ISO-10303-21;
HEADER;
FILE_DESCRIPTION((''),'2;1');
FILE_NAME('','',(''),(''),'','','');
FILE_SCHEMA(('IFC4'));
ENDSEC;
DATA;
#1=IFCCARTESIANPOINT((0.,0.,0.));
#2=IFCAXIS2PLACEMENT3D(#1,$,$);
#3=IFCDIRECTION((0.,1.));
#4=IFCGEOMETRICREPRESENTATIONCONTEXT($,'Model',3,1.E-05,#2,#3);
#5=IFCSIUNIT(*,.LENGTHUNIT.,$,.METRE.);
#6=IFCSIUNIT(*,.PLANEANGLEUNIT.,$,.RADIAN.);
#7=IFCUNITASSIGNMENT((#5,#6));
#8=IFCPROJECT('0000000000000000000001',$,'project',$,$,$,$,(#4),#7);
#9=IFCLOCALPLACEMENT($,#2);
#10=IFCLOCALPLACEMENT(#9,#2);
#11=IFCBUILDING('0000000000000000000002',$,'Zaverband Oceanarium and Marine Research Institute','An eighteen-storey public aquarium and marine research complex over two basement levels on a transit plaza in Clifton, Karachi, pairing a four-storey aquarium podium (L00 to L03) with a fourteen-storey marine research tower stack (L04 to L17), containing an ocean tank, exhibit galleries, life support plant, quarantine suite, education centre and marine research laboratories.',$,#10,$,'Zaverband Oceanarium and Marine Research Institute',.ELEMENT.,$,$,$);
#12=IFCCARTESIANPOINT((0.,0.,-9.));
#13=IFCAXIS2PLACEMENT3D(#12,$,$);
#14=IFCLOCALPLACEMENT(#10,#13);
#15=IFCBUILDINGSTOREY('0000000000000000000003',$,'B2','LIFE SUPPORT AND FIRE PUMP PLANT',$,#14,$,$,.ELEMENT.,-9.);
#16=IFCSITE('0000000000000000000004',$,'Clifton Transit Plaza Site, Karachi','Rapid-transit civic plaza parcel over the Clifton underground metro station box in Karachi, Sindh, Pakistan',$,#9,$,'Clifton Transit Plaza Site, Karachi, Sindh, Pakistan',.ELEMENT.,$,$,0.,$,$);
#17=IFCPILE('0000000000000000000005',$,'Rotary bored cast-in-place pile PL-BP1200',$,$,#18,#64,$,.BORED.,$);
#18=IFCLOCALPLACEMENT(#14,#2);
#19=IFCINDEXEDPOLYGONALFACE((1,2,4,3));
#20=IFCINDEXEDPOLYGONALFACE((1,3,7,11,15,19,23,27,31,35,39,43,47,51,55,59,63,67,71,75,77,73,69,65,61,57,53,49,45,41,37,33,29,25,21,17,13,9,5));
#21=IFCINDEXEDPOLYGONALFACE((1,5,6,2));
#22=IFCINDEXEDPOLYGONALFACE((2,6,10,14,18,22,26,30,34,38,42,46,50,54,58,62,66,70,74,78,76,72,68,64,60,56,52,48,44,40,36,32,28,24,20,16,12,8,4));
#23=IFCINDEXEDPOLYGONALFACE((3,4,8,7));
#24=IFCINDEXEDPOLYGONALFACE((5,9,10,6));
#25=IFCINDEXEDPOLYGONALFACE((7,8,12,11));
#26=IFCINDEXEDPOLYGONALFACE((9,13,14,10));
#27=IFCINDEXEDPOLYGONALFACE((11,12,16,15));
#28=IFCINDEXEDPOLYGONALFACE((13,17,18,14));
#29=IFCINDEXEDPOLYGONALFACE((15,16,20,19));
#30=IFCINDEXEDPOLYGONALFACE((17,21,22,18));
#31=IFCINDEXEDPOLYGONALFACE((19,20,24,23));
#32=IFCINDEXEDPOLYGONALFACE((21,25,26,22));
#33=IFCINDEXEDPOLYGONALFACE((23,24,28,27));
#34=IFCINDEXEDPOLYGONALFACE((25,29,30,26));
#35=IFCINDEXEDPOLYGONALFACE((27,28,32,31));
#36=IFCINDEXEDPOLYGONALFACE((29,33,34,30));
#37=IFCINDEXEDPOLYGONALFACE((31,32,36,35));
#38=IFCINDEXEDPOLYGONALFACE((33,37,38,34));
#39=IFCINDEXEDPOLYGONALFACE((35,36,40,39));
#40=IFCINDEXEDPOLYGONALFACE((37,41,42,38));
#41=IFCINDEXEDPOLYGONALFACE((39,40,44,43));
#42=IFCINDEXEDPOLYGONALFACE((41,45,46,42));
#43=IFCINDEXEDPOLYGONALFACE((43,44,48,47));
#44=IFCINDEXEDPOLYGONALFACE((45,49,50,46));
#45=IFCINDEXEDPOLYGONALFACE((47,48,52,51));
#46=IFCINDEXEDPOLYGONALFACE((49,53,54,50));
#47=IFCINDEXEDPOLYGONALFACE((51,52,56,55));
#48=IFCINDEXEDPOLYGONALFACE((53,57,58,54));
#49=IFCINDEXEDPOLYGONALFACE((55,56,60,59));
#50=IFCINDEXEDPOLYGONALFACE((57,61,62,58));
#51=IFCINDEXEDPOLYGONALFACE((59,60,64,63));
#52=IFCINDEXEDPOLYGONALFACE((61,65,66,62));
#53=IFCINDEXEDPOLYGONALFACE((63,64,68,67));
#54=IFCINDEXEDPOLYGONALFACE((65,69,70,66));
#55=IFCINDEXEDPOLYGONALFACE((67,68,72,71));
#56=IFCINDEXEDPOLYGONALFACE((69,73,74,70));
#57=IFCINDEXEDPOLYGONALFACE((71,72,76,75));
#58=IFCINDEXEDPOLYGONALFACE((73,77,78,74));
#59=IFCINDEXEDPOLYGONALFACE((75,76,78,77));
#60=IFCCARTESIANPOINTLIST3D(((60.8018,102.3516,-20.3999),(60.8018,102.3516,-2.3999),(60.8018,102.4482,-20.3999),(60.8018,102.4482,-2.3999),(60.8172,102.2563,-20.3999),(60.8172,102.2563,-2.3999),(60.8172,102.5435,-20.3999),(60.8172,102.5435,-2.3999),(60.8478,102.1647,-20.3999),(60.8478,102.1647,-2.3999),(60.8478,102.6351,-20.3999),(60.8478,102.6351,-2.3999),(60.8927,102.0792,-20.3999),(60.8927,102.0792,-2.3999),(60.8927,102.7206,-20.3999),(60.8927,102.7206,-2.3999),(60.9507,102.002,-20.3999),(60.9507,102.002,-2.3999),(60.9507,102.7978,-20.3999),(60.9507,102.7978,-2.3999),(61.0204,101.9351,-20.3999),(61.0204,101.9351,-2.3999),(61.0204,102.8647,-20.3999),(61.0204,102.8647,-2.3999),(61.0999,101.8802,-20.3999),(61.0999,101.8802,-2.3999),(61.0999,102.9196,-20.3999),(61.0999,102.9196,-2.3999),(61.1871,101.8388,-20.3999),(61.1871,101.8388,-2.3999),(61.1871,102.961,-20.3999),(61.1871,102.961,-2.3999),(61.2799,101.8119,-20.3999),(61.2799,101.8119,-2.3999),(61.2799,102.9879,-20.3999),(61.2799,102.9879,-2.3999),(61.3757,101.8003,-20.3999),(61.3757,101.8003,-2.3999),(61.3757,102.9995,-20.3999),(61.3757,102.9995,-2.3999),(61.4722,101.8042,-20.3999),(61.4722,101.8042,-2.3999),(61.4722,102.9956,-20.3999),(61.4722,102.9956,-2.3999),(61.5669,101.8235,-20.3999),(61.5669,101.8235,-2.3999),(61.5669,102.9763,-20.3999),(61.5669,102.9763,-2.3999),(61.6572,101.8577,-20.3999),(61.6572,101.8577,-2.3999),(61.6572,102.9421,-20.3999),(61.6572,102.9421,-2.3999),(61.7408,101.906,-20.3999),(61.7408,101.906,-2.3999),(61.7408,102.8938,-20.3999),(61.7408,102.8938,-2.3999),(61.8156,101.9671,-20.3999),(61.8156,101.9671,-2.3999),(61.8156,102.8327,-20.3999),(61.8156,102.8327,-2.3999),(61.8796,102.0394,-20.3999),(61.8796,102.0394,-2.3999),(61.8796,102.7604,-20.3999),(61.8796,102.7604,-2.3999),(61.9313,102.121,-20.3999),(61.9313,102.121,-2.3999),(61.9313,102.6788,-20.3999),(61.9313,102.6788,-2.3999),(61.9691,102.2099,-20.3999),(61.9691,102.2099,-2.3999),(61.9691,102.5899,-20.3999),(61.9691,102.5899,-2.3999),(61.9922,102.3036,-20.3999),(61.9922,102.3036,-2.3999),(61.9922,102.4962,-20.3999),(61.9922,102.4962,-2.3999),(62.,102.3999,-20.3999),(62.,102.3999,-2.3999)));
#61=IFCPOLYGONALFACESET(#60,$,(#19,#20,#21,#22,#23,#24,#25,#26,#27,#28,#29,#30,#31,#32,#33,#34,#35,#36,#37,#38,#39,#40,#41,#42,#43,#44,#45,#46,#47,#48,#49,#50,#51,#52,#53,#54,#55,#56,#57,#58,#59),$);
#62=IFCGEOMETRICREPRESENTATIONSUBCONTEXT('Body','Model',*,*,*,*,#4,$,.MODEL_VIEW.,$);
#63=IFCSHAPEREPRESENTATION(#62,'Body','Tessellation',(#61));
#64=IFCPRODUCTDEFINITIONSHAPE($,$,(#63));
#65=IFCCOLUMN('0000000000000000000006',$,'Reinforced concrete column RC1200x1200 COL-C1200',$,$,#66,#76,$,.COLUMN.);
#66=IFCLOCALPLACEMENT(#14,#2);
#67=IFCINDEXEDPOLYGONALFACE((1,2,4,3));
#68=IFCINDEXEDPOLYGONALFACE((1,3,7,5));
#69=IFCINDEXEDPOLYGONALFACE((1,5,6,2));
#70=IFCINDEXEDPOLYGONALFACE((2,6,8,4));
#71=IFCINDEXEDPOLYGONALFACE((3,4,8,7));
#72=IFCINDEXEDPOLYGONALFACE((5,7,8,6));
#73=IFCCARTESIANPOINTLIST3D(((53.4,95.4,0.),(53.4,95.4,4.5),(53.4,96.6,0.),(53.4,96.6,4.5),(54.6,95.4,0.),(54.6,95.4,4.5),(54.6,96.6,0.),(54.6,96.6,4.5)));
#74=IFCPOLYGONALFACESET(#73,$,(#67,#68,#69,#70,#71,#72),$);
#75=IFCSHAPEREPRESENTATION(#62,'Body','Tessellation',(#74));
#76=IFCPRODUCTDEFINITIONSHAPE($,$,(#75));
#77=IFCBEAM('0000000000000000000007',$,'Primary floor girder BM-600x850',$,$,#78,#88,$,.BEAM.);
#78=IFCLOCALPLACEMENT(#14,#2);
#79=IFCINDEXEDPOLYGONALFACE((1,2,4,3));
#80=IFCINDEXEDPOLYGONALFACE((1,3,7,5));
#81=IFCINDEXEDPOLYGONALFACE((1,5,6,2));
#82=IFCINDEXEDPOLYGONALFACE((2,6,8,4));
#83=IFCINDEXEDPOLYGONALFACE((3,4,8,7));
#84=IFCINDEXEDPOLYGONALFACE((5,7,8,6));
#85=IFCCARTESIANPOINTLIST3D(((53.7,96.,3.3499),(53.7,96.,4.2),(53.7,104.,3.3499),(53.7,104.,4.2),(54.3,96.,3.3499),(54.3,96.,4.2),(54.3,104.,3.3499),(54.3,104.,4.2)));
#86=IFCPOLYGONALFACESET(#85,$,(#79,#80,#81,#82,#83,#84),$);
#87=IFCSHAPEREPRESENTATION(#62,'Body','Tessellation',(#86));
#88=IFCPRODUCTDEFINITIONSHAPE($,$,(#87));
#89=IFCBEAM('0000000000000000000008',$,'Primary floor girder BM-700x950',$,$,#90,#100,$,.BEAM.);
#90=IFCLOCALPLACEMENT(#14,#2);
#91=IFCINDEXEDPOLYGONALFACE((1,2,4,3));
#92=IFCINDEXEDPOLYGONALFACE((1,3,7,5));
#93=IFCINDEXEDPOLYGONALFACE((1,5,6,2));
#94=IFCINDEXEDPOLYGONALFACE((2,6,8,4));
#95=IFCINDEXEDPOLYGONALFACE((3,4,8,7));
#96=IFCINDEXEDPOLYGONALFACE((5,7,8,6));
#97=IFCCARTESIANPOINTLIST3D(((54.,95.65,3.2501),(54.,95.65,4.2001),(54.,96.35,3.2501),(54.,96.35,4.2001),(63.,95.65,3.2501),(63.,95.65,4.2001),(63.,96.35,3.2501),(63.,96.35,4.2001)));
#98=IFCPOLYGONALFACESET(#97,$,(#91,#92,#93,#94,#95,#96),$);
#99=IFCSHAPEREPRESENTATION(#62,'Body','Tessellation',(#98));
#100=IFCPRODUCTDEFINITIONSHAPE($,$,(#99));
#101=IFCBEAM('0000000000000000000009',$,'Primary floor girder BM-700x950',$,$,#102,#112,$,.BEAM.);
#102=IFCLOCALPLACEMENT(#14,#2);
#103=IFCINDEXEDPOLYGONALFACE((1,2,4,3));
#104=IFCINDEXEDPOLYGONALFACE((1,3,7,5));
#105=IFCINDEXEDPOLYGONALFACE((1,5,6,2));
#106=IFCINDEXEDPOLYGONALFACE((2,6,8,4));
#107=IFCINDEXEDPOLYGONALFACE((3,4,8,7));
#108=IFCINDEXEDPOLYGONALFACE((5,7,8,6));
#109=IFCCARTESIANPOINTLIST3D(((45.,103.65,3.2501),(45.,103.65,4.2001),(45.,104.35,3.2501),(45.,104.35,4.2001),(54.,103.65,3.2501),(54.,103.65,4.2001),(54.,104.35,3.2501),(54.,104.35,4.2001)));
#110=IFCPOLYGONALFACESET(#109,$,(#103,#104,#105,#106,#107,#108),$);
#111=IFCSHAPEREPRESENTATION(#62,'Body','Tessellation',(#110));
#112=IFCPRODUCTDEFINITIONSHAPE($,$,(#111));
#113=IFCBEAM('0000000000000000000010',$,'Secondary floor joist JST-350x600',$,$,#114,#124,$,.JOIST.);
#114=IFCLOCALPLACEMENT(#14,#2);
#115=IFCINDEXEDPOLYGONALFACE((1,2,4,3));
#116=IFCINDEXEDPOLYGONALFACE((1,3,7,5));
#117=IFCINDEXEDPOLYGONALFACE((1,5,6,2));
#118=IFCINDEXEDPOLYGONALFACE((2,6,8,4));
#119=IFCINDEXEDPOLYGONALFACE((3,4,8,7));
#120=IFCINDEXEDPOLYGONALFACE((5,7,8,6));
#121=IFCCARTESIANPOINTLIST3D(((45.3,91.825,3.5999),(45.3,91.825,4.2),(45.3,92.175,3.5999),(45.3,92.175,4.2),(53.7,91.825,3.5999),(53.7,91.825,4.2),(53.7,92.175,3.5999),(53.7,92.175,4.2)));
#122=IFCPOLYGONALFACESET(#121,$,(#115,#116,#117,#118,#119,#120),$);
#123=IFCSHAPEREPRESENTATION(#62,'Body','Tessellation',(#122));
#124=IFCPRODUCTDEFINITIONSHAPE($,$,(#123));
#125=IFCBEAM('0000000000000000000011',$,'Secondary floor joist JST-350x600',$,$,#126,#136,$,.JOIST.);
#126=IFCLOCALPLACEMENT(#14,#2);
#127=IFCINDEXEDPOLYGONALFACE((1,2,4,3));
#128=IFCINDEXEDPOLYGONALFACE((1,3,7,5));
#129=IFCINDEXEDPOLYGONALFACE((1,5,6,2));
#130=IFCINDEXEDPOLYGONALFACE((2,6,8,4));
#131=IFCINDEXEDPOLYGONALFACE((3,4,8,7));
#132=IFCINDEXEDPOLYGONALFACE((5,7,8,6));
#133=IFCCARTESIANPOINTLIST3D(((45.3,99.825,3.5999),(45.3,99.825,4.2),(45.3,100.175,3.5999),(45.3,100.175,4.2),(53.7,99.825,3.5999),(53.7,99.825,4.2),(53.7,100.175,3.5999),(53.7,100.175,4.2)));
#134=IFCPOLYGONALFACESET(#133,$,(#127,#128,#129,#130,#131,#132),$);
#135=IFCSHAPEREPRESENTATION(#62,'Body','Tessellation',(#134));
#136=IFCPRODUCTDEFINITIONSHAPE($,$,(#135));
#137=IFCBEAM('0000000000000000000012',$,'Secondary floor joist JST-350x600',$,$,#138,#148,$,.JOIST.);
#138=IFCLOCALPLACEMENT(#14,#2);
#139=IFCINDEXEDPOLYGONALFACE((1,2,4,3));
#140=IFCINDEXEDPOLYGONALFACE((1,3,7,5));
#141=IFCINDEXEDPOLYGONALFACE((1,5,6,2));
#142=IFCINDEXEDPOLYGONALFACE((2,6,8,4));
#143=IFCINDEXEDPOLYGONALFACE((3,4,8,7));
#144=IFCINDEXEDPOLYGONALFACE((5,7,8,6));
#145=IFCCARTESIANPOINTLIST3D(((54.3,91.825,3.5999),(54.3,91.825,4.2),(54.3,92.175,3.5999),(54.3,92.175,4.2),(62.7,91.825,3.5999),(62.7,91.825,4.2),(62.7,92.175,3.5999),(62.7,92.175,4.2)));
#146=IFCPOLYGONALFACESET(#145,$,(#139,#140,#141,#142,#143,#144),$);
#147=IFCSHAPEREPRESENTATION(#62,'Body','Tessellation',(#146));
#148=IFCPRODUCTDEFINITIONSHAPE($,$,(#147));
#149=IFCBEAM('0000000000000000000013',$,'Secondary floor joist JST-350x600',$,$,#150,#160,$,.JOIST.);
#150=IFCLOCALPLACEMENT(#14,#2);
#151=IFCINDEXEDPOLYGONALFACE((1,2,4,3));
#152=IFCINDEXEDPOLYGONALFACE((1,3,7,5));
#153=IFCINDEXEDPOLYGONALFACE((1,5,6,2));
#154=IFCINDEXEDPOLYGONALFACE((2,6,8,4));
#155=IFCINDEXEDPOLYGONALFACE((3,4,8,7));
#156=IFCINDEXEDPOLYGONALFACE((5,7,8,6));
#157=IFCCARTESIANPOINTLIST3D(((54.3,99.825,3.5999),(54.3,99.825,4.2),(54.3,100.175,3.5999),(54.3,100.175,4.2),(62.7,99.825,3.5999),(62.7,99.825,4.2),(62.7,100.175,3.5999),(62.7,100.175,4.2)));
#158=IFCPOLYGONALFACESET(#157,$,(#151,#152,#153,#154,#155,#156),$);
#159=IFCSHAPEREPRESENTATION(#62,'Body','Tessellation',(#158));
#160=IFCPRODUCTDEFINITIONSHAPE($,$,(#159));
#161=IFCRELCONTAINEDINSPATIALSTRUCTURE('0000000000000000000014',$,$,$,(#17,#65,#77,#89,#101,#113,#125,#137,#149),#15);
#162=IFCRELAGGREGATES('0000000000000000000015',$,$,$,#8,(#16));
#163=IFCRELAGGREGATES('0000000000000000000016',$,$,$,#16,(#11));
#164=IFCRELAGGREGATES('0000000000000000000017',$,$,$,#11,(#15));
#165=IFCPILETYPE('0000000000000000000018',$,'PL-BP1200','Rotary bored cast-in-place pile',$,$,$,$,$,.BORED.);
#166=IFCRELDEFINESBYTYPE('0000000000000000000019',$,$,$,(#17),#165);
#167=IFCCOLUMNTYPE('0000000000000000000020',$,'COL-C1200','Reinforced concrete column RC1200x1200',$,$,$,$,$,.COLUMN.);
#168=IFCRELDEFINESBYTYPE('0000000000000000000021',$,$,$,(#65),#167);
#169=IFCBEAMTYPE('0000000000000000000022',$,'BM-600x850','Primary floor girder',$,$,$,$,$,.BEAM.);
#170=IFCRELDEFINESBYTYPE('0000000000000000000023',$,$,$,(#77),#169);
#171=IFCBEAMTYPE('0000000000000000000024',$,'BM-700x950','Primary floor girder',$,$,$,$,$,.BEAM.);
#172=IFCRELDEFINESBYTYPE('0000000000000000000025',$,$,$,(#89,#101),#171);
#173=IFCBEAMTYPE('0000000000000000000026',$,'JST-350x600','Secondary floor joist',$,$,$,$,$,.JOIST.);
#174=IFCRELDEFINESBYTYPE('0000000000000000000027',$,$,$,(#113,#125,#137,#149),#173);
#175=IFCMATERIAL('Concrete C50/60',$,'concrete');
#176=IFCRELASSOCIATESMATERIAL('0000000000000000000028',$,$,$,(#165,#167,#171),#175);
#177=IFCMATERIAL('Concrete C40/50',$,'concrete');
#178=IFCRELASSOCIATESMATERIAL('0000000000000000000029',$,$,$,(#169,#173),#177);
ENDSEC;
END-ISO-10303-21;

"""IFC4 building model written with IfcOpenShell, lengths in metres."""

from ifc_helpers import new_model, si_unit, direction, frame, origin, origin_2d, place, context, subcontext, project, spatial, rectangle, circle, extrude, material, material_profile, profile_set, type_object, element, save


model = new_model("IFC4")

# Units and contexts
model_context = context("Model", 3, precision=1e-05, world=origin(), true_north=direction((0.0, 1.0)))
body_context = subcontext(model_context, "Body", "Model", "MODEL_VIEW")
ifc_project = project(units=[si_unit("LENGTHUNIT", "METRE"), si_unit("PLANEANGLEUNIT", "RADIAN")], contexts=[model_context])

# Site, building, storey
site_placement = place(None, origin())
site = spatial("IfcSite", under=ifc_project, at=site_placement, Name="Clifton Transit Plaza Site, Karachi", Description="Rapid-transit civic plaza parcel over the Clifton underground metro station box in Karachi, Sindh, Pakistan", LongName="Clifton Transit Plaza Site, Karachi, Sindh, Pakistan", CompositionType="ELEMENT", RefElevation=0.0)
building_placement = place(site_placement, origin())
building = spatial("IfcBuilding", under=site, at=building_placement, Name="Zaverband Oceanarium and Marine Research Institute", Description="An eighteen-storey public aquarium and marine research complex over two basement levels on a transit plaza in Clifton, Karachi, pairing a four-storey aquarium podium (L00 to L03) with a fourteen-storey marine research tower stack (L04 to L17), containing an ocean tank, exhibit galleries, life support plant, quarantine suite, education centre and marine research laboratories.", LongName="Zaverband Oceanarium and Marine Research Institute", CompositionType="ELEMENT")
storey_placement = place(building_placement, frame((0.0, 0.0, -9.0)))
storey = spatial("IfcBuildingStorey", under=building, at=storey_placement, Name="B2", Description="LIFE SUPPORT AND FIRE PUMP PLANT", CompositionType="ELEMENT", Elevation=-9.0)

# Shared definitions
ifc_material_1 = material(Name="Concrete C50/60", Category="concrete")

# Pile
ifc_material_profile_1 = material_profile(ifc_material_1, circle(Radius=0.6001, at=origin_2d()), Name="BP1200")
ifc_profile_set_1 = profile_set([ifc_material_profile_1], Name="Concrete C50/60")
pile_type = type_object("IfcPileType", Name="PL-BP1200", Description="Rotary bored cast-in-place pile", PredefinedType="BORED", material=ifc_profile_set_1)
for number, where, z_axis, x_axis, name in (
    (1, (61.3999, 102.3999, -2.3999), (0.0, 0.0, -1.0), (1.0, 0.0, 0.0), "Rotary bored cast-in-place pile PL-BP1200"),
):
    element("IfcPile", number, at=place(storey_placement, frame(where, z_axis=z_axis, x_axis=x_axis)), inside=storey, type_object=pile_type, Name=name, PredefinedType="BORED", context=body_context, shape_type="SweptSolid", body=[
        extrude(circle(Radius=0.6001, at=origin_2d()), origin(), (0.0, 0.0, 1.0), 18.0),
    ])

# Column
ifc_material_profile_2 = material_profile(ifc_material_1, rectangle(XDim=1.2, YDim=1.2, at=origin_2d()), Name="RC1200x1200")
ifc_profile_set_2 = profile_set([ifc_material_profile_2], Name="Concrete C50/60")
column_type = type_object("IfcColumnType", Name="COL-C1200", Description="Reinforced concrete column RC1200x1200", PredefinedType="COLUMN", material=ifc_profile_set_2)
column_placement = place(storey_placement, frame((54.0, 96.0, 0.0), z_axis=(0.0, 0.0, 1.0), x_axis=(1.0, 0.0, 0.0)))
element("IfcColumn", 2, at=column_placement, inside=storey, type_object=column_type, Name="Reinforced concrete column RC1200x1200 COL-C1200", PredefinedType="COLUMN", context=body_context, shape_type="SweptSolid", body=[
    extrude(rectangle(XDim=1.2, YDim=1.2, at=origin_2d()), origin(), (0.0, 0.0, 1.0), 4.5),
])

# Beams
ifc_material_2 = material(Name="Concrete C40/50", Category="concrete")
ifc_material_profile_3 = material_profile(ifc_material_2, rectangle(XDim=0.6001, YDim=0.8501, at=origin_2d()), Name="RC600x850")
ifc_profile_set_3 = profile_set([ifc_material_profile_3], Name="Concrete C40/50")
beam_type_1 = type_object("IfcBeamType", Name="BM-600x850", Description="Primary floor girder", PredefinedType="BEAM", material=ifc_profile_set_3)
beam_placement = place(storey_placement, frame((54.0, 96.0, 3.7749), z_axis=(0.0, 1.0, 0.0), x_axis=(-1.0, 0.0, 0.0)))
element("IfcBeam", 3, at=beam_placement, inside=storey, type_object=beam_type_1, Name="Primary floor girder BM-600x850", PredefinedType="BEAM", context=body_context, shape_type="SweptSolid", body=[
    extrude(rectangle(XDim=0.6001, YDim=0.8501, at=origin_2d()), origin(), (0.0, 0.0, 1.0), 8.0),
])
ifc_material_profile_4 = material_profile(ifc_material_1, rectangle(XDim=0.7, YDim=0.95, at=origin_2d()), Name="RC700x950")
ifc_profile_set_4 = profile_set([ifc_material_profile_4], Name="Concrete C50/60")
beam_type_2 = type_object("IfcBeamType", Name="BM-700x950", Description="Primary floor girder", PredefinedType="BEAM", material=ifc_profile_set_4)
for number, where, z_axis, x_axis, name in (
    (4, (54.0, 96.0, 3.7251), (1.0, 0.0, 0.0), (0.0, 1.0, 0.0), "Primary floor girder BM-700x950"),
    (5, (45.0, 104.0, 3.7251), (1.0, 0.0, 0.0), (0.0, 1.0, 0.0), "Primary floor girder BM-700x950"),
):
    element("IfcBeam", number, at=place(storey_placement, frame(where, z_axis=z_axis, x_axis=x_axis)), inside=storey, type_object=beam_type_2, Name=name, PredefinedType="BEAM", context=body_context, shape_type="SweptSolid", body=[
        extrude(rectangle(XDim=0.7, YDim=0.95, at=origin_2d()), origin(), (0.0, 0.0, 1.0), 9.0),
    ])
ifc_material_profile_5 = material_profile(ifc_material_2, rectangle(XDim=0.3501, YDim=0.6001, at=origin_2d()), Name="RC350x600")
ifc_profile_set_5 = profile_set([ifc_material_profile_5], Name="Concrete C40/50")
beam_type_3 = type_object("IfcBeamType", Name="JST-350x600", Description="Secondary floor joist", PredefinedType="JOIST", material=ifc_profile_set_5)
for number, where, z_axis, x_axis, name in (
    (6, (45.3, 92.0, 3.8999), (1.0, 0.0, 0.0), (0.0, 1.0, 0.0), "Secondary floor joist JST-350x600"),
    (7, (45.3, 100.0, 3.8999), (1.0, 0.0, 0.0), (0.0, 1.0, 0.0), "Secondary floor joist JST-350x600"),
    (8, (54.3, 92.0, 3.8999), (1.0, 0.0, 0.0), (0.0, 1.0, 0.0), "Secondary floor joist JST-350x600"),
    (9, (54.3, 100.0, 3.8999), (1.0, 0.0, 0.0), (0.0, 1.0, 0.0), "Secondary floor joist JST-350x600"),
):
    element("IfcBeam", number, at=place(storey_placement, frame(where, z_axis=z_axis, x_axis=x_axis)), inside=storey, type_object=beam_type_3, Name=name, PredefinedType="JOIST", context=body_context, shape_type="SweptSolid", body=[
        extrude(rectangle(XDim=0.3501, YDim=0.6001, at=origin_2d()), origin(), (0.0, 0.0, 1.0), 8.3999),
    ])

save(model, "model.ifc")
